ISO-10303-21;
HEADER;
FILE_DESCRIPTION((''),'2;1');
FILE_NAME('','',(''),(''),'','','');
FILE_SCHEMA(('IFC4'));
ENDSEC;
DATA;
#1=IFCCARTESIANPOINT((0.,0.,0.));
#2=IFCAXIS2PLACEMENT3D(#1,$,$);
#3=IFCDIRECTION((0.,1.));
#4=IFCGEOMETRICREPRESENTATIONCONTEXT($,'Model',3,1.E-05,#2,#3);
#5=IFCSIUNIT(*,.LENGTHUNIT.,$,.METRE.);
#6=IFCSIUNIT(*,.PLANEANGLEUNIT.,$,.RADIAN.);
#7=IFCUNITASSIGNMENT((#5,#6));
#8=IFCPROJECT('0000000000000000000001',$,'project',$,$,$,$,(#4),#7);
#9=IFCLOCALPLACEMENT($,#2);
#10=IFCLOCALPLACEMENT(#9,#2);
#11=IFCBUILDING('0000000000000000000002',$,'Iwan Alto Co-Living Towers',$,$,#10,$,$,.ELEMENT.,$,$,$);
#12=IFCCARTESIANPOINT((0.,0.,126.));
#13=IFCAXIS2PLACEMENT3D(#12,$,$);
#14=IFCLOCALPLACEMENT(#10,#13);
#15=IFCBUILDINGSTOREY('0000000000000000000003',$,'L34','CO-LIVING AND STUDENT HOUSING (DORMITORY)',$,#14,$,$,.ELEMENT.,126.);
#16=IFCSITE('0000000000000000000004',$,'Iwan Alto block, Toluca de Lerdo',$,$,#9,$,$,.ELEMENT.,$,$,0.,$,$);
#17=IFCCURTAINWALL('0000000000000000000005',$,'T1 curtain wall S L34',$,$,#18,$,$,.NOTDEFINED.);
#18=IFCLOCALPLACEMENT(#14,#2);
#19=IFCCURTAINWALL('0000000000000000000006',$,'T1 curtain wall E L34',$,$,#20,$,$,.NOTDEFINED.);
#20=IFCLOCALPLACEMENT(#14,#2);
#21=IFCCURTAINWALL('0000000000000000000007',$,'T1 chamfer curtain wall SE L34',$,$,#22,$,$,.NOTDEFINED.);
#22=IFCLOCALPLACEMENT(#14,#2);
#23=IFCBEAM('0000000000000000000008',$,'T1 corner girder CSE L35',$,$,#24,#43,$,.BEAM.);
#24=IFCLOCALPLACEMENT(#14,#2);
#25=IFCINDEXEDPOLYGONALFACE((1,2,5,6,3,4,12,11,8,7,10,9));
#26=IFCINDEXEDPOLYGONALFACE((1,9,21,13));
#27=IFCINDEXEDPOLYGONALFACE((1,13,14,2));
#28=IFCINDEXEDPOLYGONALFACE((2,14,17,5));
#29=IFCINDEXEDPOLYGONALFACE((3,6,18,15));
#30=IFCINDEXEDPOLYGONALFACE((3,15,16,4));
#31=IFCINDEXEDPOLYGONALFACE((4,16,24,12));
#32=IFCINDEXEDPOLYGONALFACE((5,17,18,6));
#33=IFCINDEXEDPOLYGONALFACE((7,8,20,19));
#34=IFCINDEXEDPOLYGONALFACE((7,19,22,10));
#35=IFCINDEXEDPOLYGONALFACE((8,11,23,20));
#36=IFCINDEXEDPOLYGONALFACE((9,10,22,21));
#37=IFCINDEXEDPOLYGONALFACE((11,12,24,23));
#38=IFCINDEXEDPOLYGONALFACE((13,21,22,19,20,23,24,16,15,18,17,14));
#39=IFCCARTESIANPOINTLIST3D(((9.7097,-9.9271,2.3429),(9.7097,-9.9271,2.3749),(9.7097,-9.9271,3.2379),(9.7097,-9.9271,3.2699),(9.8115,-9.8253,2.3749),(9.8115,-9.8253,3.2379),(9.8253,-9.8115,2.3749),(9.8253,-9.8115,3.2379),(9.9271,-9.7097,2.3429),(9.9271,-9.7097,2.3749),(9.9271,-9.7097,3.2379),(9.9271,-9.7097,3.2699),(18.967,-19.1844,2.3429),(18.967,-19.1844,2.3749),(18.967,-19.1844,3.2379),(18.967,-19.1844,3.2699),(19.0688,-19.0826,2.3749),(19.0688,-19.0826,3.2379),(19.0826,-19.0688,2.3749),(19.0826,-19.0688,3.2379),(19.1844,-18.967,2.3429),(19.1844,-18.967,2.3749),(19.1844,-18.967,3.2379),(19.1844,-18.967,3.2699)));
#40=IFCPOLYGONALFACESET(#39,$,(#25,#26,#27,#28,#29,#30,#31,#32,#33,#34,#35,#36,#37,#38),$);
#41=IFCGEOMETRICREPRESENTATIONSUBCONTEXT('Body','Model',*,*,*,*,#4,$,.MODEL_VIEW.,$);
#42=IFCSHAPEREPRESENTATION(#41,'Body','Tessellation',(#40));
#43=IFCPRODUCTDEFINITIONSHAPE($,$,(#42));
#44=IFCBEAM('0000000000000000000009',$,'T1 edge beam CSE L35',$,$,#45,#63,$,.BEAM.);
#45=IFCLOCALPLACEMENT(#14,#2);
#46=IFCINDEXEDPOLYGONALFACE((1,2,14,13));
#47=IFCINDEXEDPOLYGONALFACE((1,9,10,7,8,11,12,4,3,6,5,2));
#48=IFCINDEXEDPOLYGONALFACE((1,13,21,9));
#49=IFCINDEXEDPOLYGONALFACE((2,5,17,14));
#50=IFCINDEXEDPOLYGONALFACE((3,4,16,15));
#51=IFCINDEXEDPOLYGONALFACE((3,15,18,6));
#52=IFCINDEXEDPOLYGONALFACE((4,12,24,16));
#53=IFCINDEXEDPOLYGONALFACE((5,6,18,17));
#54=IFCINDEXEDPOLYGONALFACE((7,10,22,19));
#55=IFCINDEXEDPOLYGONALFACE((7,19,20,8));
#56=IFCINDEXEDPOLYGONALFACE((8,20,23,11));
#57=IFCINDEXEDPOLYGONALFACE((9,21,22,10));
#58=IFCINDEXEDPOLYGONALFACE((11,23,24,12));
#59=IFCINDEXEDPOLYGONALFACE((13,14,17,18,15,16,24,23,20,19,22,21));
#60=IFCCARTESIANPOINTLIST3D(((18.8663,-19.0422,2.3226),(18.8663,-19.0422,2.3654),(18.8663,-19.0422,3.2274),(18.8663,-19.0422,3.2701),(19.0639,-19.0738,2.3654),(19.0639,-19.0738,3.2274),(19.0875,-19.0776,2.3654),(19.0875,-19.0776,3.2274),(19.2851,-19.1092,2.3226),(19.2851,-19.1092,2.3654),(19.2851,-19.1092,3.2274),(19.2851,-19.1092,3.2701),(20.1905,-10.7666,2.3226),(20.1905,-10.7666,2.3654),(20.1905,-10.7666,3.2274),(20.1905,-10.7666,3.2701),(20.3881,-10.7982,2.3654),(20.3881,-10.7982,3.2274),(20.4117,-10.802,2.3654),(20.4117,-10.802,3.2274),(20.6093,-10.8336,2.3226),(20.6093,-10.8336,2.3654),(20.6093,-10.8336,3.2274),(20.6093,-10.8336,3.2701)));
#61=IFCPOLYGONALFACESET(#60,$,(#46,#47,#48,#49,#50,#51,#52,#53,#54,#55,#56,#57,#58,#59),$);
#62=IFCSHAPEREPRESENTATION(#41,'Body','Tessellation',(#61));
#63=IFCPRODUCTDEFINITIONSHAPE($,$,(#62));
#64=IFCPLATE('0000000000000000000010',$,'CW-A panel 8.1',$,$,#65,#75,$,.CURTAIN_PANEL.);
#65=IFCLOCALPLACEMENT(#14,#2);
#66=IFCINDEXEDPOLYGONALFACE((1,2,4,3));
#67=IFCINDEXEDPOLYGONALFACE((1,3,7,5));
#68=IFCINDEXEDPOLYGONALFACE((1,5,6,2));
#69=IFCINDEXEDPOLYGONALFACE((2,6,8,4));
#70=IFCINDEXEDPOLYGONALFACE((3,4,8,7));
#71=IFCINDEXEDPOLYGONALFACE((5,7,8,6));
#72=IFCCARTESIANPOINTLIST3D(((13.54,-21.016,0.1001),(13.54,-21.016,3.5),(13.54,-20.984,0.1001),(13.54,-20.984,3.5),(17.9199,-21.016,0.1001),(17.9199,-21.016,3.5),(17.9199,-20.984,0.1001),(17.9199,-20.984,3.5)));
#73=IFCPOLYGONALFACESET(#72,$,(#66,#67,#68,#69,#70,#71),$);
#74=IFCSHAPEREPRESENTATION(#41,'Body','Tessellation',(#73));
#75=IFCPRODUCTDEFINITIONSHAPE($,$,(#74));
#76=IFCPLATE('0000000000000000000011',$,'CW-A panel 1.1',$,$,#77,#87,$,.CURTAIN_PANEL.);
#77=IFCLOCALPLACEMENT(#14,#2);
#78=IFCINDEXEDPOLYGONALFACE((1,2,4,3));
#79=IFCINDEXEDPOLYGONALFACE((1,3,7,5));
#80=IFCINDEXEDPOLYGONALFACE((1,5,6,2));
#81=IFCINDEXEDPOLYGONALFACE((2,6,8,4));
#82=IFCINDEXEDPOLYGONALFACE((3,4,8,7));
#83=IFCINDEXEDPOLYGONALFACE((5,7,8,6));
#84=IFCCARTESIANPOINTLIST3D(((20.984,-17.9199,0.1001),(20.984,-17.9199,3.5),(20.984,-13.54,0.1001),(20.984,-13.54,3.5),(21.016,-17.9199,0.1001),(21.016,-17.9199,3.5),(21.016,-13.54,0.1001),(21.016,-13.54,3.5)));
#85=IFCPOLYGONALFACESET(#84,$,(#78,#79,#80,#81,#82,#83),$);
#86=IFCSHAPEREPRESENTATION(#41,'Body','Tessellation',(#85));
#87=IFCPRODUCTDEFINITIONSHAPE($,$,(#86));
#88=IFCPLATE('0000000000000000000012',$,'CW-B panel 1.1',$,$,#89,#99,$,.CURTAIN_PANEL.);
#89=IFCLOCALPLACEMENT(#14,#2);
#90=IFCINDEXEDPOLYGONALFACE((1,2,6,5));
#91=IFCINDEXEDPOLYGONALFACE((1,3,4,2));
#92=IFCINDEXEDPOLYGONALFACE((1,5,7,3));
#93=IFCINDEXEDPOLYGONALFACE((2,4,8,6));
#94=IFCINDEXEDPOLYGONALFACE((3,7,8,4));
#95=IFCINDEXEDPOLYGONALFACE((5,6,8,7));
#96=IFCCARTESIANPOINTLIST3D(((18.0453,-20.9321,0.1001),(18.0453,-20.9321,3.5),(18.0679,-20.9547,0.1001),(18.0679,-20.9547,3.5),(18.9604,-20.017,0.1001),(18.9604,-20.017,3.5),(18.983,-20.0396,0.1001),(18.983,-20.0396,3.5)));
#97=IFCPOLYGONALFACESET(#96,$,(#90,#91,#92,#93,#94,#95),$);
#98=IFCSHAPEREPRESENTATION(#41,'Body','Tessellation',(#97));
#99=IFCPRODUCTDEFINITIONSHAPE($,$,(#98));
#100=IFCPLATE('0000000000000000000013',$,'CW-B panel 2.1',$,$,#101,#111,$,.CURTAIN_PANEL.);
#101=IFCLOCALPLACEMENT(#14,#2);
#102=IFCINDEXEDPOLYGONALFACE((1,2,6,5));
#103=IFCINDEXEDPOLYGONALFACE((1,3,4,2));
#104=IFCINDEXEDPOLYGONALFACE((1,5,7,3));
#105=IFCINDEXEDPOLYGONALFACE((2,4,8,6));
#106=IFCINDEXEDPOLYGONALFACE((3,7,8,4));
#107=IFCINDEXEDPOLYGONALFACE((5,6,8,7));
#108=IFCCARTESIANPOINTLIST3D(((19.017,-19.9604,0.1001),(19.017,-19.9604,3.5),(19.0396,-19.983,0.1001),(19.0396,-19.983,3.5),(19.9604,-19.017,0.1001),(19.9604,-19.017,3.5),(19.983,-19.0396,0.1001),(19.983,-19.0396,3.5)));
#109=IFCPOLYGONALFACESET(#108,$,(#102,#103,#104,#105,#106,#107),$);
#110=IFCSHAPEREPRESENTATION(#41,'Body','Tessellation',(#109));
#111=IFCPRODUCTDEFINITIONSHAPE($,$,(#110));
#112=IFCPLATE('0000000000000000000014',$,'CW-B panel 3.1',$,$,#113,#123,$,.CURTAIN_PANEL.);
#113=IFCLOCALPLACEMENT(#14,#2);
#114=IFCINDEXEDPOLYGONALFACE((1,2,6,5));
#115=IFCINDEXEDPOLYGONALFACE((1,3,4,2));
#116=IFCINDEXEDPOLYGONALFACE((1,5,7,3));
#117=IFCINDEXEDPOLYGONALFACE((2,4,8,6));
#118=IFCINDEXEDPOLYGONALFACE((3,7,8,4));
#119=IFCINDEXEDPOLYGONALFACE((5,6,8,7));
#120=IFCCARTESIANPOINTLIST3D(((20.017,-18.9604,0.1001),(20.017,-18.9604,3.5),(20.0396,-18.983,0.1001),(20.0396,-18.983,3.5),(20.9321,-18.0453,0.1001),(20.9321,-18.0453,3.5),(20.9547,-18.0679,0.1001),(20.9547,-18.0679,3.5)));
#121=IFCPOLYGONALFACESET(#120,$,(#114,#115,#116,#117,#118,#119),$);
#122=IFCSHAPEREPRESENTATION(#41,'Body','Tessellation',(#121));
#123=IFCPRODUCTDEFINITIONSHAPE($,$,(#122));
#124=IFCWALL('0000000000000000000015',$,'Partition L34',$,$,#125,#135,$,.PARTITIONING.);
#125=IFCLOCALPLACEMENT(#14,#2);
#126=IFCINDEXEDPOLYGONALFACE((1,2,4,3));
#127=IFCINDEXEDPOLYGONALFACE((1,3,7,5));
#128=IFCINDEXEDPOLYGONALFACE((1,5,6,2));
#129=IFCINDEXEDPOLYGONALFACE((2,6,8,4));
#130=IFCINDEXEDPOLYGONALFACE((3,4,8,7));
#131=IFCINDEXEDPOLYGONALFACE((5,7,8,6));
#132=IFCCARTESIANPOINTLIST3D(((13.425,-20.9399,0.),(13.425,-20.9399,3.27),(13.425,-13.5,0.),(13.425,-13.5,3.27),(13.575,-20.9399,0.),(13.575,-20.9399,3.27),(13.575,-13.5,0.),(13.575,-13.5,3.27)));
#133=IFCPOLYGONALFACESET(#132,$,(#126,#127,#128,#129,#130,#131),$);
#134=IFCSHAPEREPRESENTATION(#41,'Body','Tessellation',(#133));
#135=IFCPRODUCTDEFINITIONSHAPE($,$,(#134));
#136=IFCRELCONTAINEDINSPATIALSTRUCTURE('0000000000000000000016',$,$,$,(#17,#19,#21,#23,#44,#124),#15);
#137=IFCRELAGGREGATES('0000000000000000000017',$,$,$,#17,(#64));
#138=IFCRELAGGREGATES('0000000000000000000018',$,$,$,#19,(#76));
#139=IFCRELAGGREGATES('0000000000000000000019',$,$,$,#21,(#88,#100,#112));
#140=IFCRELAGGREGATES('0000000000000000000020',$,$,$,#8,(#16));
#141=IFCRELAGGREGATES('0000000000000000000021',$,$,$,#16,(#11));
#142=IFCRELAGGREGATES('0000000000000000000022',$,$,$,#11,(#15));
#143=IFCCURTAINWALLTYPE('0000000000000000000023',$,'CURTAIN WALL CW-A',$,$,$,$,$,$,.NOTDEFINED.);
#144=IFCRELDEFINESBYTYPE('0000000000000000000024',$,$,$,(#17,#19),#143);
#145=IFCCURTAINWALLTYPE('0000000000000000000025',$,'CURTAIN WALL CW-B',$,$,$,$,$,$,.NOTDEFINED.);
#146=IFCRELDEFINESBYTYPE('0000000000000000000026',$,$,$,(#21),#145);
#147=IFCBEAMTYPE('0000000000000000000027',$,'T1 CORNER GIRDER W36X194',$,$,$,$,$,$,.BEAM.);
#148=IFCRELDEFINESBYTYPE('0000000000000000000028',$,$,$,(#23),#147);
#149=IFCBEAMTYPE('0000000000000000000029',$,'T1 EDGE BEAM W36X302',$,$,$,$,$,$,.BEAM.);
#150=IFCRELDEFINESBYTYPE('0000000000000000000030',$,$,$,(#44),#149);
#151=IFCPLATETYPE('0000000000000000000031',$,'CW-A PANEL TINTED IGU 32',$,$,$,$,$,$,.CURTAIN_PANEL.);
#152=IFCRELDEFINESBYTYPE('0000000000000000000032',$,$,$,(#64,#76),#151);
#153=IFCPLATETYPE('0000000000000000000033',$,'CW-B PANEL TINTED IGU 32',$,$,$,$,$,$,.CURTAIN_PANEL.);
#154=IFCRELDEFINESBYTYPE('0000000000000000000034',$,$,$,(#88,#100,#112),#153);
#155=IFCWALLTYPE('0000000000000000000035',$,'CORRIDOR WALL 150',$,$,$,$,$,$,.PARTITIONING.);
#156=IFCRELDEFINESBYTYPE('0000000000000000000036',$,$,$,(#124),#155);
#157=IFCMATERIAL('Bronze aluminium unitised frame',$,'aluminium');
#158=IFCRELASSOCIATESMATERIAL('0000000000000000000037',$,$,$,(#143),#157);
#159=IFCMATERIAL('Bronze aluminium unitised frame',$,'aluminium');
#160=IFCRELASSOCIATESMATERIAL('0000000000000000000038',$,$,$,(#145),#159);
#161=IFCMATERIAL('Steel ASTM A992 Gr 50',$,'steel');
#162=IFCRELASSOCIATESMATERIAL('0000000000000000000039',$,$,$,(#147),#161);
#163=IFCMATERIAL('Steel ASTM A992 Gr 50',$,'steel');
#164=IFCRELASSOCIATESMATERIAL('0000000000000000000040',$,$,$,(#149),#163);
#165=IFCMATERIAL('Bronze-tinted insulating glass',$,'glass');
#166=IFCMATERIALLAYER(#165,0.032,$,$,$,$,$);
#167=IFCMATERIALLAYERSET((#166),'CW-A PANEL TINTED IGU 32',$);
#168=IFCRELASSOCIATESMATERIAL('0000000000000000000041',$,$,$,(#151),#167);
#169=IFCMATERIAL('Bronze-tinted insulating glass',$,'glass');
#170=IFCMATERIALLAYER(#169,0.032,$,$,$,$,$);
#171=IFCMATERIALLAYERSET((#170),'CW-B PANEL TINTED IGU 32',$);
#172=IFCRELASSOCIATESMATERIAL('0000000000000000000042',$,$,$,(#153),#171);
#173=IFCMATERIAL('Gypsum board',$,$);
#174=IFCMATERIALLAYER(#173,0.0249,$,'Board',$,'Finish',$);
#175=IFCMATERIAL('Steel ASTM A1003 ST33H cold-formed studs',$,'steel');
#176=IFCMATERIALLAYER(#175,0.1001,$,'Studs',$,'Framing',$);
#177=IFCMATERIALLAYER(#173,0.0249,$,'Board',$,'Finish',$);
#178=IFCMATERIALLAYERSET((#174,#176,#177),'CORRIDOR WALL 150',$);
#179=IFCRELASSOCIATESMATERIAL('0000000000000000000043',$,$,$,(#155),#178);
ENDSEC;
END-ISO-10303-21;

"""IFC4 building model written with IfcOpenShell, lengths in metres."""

from ifc_helpers import new_model, si_unit, direction, frame, frame_2d, origin, origin_2d, place, context, subcontext, project, spatial, rectangle, i_section, extrude, material, layer, layer_set, material_profile, profile_set, type_object, element, aggregate, save


model = new_model("IFC4")

# Units and contexts
model_context = context("Model", 3, precision=1e-05, world=origin(), true_north=direction((0.0, 1.0)))
body_context = subcontext(model_context, "Body", "Model", "MODEL_VIEW")
ifc_project = project(units=[si_unit("LENGTHUNIT", "METRE"), si_unit("PLANEANGLEUNIT", "RADIAN")], contexts=[model_context])

# Site, building, storey
site_placement = place(None, origin())
site = spatial("IfcSite", under=ifc_project, at=site_placement, Name="Iwan Alto block, Toluca de Lerdo", CompositionType="ELEMENT", RefElevation=0.0)
building_placement = place(site_placement, origin())
building = spatial("IfcBuilding", under=site, at=building_placement, Name="Iwan Alto Co-Living Towers", CompositionType="ELEMENT")
storey_placement = place(building_placement, frame((0.0, 0.0, 126.0)))
storey = spatial("IfcBuildingStorey", under=building, at=storey_placement, Name="L34", Description="CO-LIVING AND STUDENT HOUSING (DORMITORY)", CompositionType="ELEMENT", Elevation=126.0)

# Curtain wall
ifc_material_1 = material(Name="Bronze aluminium unitised frame", Category="aluminium")
curtain_wall_type_1 = type_object("IfcCurtainWallType", Name="CURTAIN WALL CW-A", PredefinedType="NOTDEFINED", material=ifc_material_1)
curtain_wall_1_placement = place(storey_placement, origin())
curtain_wall_1 = element("IfcCurtainWall", 1, at=curtain_wall_1_placement, inside=storey, type_object=curtain_wall_type_1, Name="T1 curtain wall S L34", PredefinedType="NOTDEFINED")

# Curtain wall
curtain_wall_2_placement = place(storey_placement, origin())
curtain_wall_2 = element("IfcCurtainWall", 2, at=curtain_wall_2_placement, inside=storey, type_object=curtain_wall_type_1, Name="T1 curtain wall E L34", PredefinedType="NOTDEFINED")

# Curtain wall
ifc_material_2 = material(Name="Bronze aluminium unitised frame", Category="aluminium")
curtain_wall_type_2 = type_object("IfcCurtainWallType", Name="CURTAIN WALL CW-B", PredefinedType="NOTDEFINED", material=ifc_material_2)
curtain_wall_3_placement = place(storey_placement, origin())
curtain_wall_3 = element("IfcCurtainWall", 3, at=curtain_wall_3_placement, inside=storey, type_object=curtain_wall_type_2, Name="T1 chamfer curtain wall SE L34", PredefinedType="NOTDEFINED")

# Beams
ifc_material_3 = material(Name="Steel ASTM A992 Gr 50", Category="steel")
ifc_material_profile_1 = material_profile(ifc_material_3, i_section(OverallWidth=0.3074, OverallDepth=0.927, WebThickness=0.0195, FlangeThickness=0.032, at=origin_2d()), Name="W36X194")
ifc_profile_set_1 = profile_set([ifc_material_profile_1], Name="Steel ASTM A992 Gr 50")
beam_type_1 = type_object("IfcBeamType", Name="T1 CORNER GIRDER W36X194", PredefinedType="BEAM", material=ifc_profile_set_1)
beam_1_placement = place(storey_placement, frame((19.0757, -19.0757, 2.8064), z_axis=(-0.707107, 0.707107, 0.0), x_axis=(-0.707107, -0.707107, 0.0)))
element("IfcBeam", 4, at=beam_1_placement, inside=storey, type_object=beam_type_1, Name="T1 corner girder CSE L35", PredefinedType="BEAM", context=body_context, shape_type="SweptSolid", body=[
    extrude(i_section(OverallWidth=0.3074, OverallDepth=0.927, WebThickness=0.0195, FlangeThickness=0.032, at=origin_2d()), origin(), (0.0, 0.0, 1.0), 13.0918),
])
ifc_material_4 = material(Name="Steel ASTM A992 Gr 50", Category="steel")
ifc_material_profile_2 = material_profile(ifc_material_4, i_section(OverallWidth=0.4241, OverallDepth=0.9475, WebThickness=0.0239, FlangeThickness=0.0427, at=origin_2d()), Name="W36X302")
ifc_profile_set_2 = profile_set([ifc_material_profile_2], Name="Steel ASTM A992 Gr 50")
beam_type_2 = type_object("IfcBeamType", Name="T1 EDGE BEAM W36X302", PredefinedType="BEAM", material=ifc_profile_set_2)
beam_2_placement = place(storey_placement, frame((19.0757, -19.0757, 2.7964), z_axis=(0.158004, 0.987438, 0.0), x_axis=(-0.987438, 0.158004, 0.0)))
element("IfcBeam", 5, at=beam_2_placement, inside=storey, type_object=beam_type_2, Name="T1 edge beam CSE L35", PredefinedType="BEAM", context=body_context, shape_type="SweptSolid", body=[
    extrude(i_section(OverallWidth=0.4241, OverallDepth=0.9475, WebThickness=0.0239, FlangeThickness=0.0427, at=origin_2d()), origin(), (0.0, 0.0, 1.0), 8.3809),
])

# Plates
ifc_material_5 = material(Name="Bronze-tinted insulating glass", Category="glass")
ifc_layer_1 = layer(ifc_material_5, 0.032)
ifc_layer_set_1 = layer_set([ifc_layer_1], Name="CW-A PANEL TINTED IGU 32")
plate_type_1 = type_object("IfcPlateType", Name="CW-A PANEL TINTED IGU 32", PredefinedType="CURTAIN_PANEL", material=ifc_layer_set_1)
plate_1_placement = place(storey_placement, frame((15.73, -21.0, 0.1001), z_axis=(0.0, 0.0, 1.0), x_axis=(1.0, 0.0, 0.0)))
plate_1 = element("IfcPlate", 6, at=plate_1_placement, type_object=plate_type_1, Name="CW-A panel 8.1", PredefinedType="CURTAIN_PANEL", context=body_context, shape_type="SweptSolid", body=[
    extrude(rectangle(XDim=4.3799, YDim=0.032, at=origin_2d()), origin(), (0.0, 0.0, 1.0), 3.3999),
])
aggregate(curtain_wall_1, [plate_1])
plate_2_placement = place(storey_placement, frame((21.0, -15.73, 0.1001), z_axis=(0.0, 0.0, 1.0), x_axis=(0.0, 1.0, 0.0)))
plate_2 = element("IfcPlate", 7, at=plate_2_placement, type_object=plate_type_1, Name="CW-A panel 1.1", PredefinedType="CURTAIN_PANEL", context=body_context, shape_type="SweptSolid", body=[
    extrude(rectangle(XDim=4.3799, YDim=0.032, at=origin_2d()), origin(), (0.0, 0.0, 1.0), 3.3999),
])
aggregate(curtain_wall_2, [plate_2])
ifc_material_6 = material(Name="Bronze-tinted insulating glass", Category="glass")
ifc_layer_2 = layer(ifc_material_6, 0.032)
ifc_layer_set_2 = layer_set([ifc_layer_2], Name="CW-B PANEL TINTED IGU 32")
plate_type_2 = type_object("IfcPlateType", Name="CW-B PANEL TINTED IGU 32", PredefinedType="CURTAIN_PANEL", material=ifc_layer_set_2)
plate_3_placement = place(storey_placement, frame((18.5142, -20.4858, 0.1001), z_axis=(0.0, 0.0, 1.0), x_axis=(0.707107, 0.707107, 0.0)))
plate_3 = element("IfcPlate", 8, at=plate_3_placement, type_object=plate_type_2, Name="CW-B panel 1.1", PredefinedType="CURTAIN_PANEL", context=body_context, shape_type="SweptSolid", body=[
    extrude(rectangle(XDim=1.2942, YDim=0.032, at=origin_2d()), origin(), (0.0, 0.0, 1.0), 3.3999),
])
plate_4_placement = place(storey_placement, frame((19.5, -19.5, 0.1001), z_axis=(0.0, 0.0, 1.0), x_axis=(0.707107, 0.707107, 0.0)))
plate_4 = element("IfcPlate", 9, at=plate_4_placement, type_object=plate_type_2, Name="CW-B panel 2.1", PredefinedType="CURTAIN_PANEL", context=body_context, shape_type="SweptSolid", body=[
    extrude(rectangle(XDim=1.3342, YDim=0.032, at=origin_2d()), origin(), (0.0, 0.0, 1.0), 3.3999),
])
plate_5_placement = place(storey_placement, frame((20.4858, -18.5142, 0.1001), z_axis=(0.0, 0.0, 1.0), x_axis=(0.707107, 0.707107, 0.0)))
plate_5 = element("IfcPlate", 10, at=plate_5_placement, type_object=plate_type_2, Name="CW-B panel 3.1", PredefinedType="CURTAIN_PANEL", context=body_context, shape_type="SweptSolid", body=[
    extrude(rectangle(XDim=1.2942, YDim=0.032, at=origin_2d()), origin(), (0.0, 0.0, 1.0), 3.3999),
])
aggregate(curtain_wall_3, [plate_3, plate_4, plate_5])

# Wall
ifc_material_7 = material(Name="Gypsum board")
ifc_layer_3 = layer(ifc_material_7, 0.0249, Name="Board", Category="Finish")
ifc_material_8 = material(Name="Steel ASTM A1003 ST33H cold-formed studs", Category="steel")
ifc_layer_4 = layer(ifc_material_8, 0.1001, Name="Studs", Category="Framing")
ifc_layer_5 = layer(ifc_material_7, 0.0249, Name="Board", Category="Finish")
ifc_layer_set_3 = layer_set([ifc_layer_3, ifc_layer_4, ifc_layer_5], Name="CORRIDOR WALL 150")
wall_type = type_object("IfcWallType", Name="CORRIDOR WALL 150", PredefinedType="PARTITIONING", material=ifc_layer_set_3)
wall_placement = place(storey_placement, frame((13.5, -20.9399, 0.0), z_axis=(0.0, 0.0, 1.0), x_axis=(0.0, 1.0, 0.0)))
element("IfcWall", 11, at=wall_placement, inside=storey, type_object=wall_type, Name="Partition L34", PredefinedType="PARTITIONING", context=body_context, shape_type="SweptSolid", body=[
    extrude(rectangle(XDim=7.4399, YDim=0.1499, at=frame_2d((3.72, 0.0))), origin(), (0.0, 0.0, 1.0), 3.27),
])

save(model, "model.ifc")
